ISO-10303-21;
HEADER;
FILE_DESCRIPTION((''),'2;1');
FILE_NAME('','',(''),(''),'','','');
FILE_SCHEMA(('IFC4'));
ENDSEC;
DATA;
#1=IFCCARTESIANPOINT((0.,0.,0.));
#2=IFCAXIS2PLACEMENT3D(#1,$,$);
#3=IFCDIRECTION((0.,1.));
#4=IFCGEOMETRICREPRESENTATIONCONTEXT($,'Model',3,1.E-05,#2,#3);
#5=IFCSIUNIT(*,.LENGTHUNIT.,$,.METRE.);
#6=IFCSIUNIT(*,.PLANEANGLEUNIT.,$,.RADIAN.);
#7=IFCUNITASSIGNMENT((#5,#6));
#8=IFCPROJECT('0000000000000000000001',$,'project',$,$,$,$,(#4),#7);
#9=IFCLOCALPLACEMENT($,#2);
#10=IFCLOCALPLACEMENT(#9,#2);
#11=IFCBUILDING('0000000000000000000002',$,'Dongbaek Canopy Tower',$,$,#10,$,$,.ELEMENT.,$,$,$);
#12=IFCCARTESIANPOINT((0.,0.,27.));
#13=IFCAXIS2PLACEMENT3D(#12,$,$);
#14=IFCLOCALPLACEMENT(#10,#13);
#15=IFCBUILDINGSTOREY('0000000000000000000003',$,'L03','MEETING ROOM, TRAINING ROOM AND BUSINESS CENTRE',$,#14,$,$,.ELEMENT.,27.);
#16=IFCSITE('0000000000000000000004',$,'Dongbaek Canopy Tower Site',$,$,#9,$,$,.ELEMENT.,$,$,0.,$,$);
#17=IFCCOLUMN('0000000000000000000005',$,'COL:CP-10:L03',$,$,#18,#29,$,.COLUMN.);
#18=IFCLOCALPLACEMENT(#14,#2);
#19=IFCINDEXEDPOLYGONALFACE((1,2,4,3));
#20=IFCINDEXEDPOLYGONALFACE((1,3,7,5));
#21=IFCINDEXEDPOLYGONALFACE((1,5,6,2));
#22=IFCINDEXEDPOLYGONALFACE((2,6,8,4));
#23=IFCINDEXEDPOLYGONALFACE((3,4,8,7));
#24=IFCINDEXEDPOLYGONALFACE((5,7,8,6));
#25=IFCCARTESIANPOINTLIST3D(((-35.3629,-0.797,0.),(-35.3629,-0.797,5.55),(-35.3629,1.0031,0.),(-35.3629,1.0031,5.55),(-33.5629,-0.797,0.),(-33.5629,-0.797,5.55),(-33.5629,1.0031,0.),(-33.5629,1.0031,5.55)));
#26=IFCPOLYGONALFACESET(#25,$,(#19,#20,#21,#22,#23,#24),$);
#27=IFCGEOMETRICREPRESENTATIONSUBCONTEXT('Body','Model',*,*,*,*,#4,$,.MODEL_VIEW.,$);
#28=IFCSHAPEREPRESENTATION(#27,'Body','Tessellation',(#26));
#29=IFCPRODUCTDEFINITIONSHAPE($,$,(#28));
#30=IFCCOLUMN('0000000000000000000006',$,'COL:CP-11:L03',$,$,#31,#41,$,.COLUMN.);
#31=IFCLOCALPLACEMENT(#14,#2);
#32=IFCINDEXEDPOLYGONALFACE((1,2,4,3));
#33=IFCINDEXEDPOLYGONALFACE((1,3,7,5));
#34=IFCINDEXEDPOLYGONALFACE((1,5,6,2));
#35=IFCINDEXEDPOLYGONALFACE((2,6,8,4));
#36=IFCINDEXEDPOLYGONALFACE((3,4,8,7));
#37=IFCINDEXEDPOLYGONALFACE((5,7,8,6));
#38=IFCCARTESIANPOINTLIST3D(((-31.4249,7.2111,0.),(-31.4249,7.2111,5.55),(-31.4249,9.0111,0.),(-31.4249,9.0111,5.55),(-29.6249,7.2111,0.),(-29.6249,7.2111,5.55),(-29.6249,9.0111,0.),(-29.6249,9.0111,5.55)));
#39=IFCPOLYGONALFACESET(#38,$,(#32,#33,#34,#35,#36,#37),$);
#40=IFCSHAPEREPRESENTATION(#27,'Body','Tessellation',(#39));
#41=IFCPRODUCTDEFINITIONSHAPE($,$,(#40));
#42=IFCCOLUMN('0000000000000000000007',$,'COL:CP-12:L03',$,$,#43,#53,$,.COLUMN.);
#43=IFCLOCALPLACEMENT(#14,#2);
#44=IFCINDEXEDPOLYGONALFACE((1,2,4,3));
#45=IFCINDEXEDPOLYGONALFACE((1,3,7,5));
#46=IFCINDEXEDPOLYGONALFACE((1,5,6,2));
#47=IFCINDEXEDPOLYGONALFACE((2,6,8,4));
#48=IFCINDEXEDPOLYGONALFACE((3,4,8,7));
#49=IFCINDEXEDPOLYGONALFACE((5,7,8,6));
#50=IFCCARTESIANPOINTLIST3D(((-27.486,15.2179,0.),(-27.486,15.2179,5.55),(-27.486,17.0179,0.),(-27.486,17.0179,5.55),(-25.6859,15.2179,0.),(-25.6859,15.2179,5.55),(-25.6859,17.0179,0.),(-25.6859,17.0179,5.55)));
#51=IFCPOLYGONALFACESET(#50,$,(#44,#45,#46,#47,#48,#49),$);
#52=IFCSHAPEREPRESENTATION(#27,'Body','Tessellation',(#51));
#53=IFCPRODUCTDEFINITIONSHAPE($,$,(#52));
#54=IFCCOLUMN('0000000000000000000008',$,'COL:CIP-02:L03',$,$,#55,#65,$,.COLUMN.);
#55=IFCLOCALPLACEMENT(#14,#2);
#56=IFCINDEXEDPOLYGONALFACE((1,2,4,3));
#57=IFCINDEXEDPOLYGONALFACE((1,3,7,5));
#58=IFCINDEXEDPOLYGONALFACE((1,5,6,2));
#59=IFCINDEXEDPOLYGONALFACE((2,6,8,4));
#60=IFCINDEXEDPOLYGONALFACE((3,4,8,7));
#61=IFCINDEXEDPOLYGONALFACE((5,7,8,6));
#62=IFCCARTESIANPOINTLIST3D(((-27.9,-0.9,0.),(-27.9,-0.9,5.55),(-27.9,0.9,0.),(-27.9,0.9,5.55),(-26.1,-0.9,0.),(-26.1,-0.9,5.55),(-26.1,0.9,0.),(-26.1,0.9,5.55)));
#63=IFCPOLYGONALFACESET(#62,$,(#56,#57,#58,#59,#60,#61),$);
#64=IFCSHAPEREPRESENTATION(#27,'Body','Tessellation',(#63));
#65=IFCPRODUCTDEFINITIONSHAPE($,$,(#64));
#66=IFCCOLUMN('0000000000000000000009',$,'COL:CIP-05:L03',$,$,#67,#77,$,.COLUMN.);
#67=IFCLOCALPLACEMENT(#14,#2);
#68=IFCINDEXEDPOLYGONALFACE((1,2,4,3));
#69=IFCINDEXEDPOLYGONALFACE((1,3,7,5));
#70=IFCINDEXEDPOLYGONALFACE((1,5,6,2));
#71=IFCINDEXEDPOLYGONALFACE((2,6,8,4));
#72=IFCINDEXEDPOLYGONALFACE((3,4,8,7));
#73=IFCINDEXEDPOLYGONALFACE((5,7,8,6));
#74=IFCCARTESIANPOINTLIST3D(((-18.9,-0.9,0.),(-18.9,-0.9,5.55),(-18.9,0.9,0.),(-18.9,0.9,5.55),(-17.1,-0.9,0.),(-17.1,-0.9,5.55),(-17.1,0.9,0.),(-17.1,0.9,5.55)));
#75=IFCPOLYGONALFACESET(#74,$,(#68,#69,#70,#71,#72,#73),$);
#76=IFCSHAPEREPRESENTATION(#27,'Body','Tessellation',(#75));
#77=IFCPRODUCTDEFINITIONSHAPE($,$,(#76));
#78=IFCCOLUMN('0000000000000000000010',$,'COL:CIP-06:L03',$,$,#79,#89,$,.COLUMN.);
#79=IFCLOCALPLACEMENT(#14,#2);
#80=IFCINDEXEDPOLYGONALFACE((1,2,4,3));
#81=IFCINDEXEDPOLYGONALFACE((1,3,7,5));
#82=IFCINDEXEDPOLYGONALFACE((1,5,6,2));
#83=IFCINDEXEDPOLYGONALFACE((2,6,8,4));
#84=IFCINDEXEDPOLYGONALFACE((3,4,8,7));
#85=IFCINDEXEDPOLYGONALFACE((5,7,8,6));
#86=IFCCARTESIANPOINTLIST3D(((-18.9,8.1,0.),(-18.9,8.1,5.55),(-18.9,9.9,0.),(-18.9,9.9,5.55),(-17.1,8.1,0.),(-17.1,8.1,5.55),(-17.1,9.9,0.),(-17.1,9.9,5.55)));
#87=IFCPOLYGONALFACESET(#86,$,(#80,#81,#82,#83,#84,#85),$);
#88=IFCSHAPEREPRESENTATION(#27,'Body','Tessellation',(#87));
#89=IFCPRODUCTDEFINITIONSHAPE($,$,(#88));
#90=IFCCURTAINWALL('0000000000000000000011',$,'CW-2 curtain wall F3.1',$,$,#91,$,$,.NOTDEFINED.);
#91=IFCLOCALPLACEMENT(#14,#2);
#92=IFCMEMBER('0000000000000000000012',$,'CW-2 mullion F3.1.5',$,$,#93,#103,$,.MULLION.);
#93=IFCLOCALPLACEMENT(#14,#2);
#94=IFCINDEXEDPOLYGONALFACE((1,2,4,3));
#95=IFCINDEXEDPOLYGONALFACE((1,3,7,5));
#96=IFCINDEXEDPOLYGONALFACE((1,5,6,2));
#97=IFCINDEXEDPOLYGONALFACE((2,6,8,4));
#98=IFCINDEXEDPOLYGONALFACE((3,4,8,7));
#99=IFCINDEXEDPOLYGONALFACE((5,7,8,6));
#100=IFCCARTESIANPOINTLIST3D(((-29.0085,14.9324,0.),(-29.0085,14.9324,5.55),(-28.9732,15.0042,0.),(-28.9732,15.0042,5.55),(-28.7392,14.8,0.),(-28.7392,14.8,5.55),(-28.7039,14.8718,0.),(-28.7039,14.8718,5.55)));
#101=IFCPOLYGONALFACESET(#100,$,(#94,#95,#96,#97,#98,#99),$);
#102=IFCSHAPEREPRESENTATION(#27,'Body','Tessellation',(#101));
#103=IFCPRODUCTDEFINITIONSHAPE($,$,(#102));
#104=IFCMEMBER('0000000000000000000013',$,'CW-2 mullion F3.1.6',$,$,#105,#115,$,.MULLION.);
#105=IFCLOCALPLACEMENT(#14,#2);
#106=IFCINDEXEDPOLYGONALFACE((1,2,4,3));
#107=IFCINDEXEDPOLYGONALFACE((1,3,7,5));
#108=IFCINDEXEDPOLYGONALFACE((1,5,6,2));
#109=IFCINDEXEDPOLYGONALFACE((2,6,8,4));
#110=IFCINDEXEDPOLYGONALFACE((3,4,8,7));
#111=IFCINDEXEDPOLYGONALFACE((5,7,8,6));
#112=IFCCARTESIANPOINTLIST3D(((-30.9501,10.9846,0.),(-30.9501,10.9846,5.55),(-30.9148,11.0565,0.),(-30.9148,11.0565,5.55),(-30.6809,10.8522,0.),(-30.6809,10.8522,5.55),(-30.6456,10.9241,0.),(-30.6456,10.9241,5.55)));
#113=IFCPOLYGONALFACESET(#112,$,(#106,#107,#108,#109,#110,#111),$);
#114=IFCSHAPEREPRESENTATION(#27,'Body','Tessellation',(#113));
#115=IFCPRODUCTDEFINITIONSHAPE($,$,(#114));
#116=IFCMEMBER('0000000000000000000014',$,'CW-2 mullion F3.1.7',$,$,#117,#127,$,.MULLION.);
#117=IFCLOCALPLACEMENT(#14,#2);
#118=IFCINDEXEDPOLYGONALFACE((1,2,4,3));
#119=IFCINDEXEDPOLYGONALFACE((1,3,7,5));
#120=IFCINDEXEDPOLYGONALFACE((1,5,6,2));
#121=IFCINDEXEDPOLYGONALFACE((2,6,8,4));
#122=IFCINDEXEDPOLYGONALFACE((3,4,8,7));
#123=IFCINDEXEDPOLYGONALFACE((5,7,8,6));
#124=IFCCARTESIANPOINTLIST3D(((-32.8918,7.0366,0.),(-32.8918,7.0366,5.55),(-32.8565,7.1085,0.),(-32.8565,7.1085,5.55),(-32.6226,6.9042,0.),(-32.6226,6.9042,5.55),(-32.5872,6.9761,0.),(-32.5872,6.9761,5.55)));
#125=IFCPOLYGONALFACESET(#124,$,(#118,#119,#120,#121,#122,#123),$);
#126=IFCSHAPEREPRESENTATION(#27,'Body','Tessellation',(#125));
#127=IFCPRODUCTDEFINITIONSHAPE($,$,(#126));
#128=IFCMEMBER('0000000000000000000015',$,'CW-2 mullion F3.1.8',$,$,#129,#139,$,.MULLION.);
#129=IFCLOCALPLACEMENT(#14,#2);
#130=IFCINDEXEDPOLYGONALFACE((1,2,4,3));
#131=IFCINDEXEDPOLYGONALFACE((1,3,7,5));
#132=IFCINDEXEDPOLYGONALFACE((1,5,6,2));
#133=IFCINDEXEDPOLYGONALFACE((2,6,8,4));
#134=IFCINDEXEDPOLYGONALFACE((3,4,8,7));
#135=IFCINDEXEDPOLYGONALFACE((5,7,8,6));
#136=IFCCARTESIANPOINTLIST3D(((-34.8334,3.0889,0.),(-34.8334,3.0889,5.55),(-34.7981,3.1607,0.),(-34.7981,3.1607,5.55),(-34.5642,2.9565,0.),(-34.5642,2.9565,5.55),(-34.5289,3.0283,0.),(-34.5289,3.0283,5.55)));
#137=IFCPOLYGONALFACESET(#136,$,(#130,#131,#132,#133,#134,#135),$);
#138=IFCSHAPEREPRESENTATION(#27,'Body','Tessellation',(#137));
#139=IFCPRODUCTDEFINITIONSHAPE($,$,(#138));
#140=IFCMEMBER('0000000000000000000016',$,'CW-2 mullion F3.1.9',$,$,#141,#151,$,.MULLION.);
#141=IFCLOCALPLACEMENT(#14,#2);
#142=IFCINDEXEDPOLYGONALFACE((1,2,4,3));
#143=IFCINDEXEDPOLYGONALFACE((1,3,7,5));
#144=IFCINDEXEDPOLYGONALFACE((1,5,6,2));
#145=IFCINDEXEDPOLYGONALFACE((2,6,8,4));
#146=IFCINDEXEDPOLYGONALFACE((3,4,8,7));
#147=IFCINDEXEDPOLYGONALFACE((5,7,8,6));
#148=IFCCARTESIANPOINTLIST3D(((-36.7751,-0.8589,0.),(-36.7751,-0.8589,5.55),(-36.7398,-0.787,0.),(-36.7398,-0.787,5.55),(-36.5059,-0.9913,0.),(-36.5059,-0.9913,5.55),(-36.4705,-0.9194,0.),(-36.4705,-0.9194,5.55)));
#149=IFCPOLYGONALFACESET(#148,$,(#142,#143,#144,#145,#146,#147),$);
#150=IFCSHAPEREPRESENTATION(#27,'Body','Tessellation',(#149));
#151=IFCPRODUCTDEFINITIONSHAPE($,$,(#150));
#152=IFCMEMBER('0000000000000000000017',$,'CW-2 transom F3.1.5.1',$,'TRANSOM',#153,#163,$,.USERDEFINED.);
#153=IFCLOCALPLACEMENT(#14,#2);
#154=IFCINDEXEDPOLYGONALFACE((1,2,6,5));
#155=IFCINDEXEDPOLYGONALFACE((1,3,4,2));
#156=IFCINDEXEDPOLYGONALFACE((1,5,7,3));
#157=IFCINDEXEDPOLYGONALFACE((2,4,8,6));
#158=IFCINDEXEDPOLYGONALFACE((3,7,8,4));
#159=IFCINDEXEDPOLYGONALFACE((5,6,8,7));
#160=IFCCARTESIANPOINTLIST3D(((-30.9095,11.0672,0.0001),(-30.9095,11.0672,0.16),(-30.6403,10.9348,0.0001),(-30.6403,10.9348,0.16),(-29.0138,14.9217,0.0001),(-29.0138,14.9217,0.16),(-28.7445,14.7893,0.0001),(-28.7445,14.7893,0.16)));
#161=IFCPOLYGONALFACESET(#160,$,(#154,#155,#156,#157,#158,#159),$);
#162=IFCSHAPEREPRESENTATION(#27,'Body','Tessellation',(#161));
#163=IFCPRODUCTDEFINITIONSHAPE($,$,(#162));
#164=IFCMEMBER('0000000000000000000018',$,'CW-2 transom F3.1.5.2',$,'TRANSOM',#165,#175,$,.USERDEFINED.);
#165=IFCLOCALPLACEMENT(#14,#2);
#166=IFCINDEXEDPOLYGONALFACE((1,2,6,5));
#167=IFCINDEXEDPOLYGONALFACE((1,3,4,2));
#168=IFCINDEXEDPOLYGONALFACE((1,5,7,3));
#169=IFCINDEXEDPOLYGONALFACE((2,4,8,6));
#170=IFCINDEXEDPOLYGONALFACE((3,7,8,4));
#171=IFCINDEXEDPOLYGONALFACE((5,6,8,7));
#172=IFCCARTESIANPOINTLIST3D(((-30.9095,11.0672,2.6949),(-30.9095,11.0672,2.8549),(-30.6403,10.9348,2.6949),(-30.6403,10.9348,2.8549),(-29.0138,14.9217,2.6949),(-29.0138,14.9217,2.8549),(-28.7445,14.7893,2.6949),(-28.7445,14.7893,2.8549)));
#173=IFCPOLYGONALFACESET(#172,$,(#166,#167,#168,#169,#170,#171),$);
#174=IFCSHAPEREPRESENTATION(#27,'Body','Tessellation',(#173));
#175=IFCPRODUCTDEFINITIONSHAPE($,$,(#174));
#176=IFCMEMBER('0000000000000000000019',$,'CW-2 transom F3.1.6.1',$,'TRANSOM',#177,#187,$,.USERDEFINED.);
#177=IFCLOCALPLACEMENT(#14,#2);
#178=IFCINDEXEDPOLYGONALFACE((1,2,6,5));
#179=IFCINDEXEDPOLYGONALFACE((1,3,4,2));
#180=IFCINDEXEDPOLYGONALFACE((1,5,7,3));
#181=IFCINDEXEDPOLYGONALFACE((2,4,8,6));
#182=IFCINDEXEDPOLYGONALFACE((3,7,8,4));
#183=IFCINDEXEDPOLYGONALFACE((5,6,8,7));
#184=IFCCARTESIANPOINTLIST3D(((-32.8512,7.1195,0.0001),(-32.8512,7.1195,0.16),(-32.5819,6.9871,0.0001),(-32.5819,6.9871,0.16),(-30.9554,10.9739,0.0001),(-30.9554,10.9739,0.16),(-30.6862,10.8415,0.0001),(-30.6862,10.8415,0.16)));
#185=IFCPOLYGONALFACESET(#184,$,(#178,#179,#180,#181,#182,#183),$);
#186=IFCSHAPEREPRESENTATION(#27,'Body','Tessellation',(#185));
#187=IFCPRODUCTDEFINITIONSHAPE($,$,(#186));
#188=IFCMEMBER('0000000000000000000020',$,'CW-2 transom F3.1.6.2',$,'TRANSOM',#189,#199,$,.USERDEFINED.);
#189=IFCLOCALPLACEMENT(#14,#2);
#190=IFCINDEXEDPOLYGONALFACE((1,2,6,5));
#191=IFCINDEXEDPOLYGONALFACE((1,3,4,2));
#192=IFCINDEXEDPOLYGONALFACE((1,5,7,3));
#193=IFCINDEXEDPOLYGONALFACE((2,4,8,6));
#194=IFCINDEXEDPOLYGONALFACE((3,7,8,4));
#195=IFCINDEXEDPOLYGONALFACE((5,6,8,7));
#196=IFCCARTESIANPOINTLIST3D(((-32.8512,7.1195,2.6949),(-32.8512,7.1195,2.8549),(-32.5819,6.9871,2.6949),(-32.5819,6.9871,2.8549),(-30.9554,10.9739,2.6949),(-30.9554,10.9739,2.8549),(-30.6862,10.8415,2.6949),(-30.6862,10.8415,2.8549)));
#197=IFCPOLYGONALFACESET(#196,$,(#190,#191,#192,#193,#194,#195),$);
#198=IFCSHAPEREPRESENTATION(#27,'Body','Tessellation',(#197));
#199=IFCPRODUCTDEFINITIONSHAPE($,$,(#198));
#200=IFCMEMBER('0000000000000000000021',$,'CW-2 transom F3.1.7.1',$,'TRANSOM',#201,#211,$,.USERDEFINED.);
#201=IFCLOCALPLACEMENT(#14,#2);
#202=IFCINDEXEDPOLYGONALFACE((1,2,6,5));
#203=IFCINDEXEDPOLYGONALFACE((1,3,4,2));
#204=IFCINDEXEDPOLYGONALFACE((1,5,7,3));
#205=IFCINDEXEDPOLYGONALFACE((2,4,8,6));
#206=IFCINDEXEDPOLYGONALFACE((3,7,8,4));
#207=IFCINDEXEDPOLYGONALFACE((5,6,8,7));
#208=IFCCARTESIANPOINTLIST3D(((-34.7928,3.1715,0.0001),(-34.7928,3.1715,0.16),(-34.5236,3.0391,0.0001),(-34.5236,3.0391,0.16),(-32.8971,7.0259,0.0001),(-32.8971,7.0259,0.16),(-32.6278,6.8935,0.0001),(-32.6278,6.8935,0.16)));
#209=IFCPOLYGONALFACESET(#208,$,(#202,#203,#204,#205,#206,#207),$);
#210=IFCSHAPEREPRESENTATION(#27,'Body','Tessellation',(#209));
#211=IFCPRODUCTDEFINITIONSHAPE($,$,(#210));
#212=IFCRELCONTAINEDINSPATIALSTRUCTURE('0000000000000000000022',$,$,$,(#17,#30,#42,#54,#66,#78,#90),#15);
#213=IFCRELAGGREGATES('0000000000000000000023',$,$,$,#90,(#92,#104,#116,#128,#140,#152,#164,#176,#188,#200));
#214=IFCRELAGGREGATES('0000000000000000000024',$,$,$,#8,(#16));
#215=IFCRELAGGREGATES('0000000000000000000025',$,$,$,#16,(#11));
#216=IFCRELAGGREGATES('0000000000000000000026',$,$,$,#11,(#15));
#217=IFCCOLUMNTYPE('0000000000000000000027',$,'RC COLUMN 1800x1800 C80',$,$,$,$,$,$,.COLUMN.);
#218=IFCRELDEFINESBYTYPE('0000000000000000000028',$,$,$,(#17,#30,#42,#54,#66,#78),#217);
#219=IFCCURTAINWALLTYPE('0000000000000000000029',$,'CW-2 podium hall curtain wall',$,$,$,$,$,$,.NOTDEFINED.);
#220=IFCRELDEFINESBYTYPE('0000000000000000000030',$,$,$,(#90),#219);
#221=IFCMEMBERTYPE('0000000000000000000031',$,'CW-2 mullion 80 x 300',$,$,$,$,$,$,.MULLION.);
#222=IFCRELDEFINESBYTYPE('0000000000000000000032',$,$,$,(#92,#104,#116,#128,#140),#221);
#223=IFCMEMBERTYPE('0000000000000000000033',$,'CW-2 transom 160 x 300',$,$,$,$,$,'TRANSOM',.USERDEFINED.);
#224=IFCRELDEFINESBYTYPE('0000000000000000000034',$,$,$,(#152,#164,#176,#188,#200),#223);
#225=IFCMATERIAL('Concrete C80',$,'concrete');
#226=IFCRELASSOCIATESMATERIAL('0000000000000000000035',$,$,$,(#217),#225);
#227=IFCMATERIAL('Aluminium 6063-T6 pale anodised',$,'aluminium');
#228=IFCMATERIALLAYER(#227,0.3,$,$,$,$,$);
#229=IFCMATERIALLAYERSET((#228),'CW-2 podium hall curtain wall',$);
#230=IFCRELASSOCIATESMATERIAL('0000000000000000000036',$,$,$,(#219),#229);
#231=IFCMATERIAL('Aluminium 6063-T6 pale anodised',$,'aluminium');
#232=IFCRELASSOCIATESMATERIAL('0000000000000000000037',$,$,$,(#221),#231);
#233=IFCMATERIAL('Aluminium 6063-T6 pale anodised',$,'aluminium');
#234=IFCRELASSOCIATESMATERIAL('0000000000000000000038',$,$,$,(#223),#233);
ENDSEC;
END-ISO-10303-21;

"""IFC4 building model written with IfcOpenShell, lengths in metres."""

from ifc_helpers import new_model, si_unit, direction, frame, origin, origin_2d, place, context, subcontext, project, spatial, rectangle, extrude, material, layer, layer_set, material_profile, profile_set, type_object, element, aggregate, save


model = new_model("IFC4")

# Units and contexts
model_context = context("Model", 3, precision=1e-05, world=origin(), true_north=direction((0.0, 1.0)))
body_context = subcontext(model_context, "Body", "Model", "MODEL_VIEW")
ifc_project = project(units=[si_unit("LENGTHUNIT", "METRE"), si_unit("PLANEANGLEUNIT", "RADIAN")], contexts=[model_context])

# Site, building, storey
site_placement = place(None, origin())
site = spatial("IfcSite", under=ifc_project, at=site_placement, Name="Dongbaek Canopy Tower Site", CompositionType="ELEMENT", RefElevation=0.0)
building_placement = place(site_placement, origin())
building = spatial("IfcBuilding", under=site, at=building_placement, Name="Dongbaek Canopy Tower", CompositionType="ELEMENT")
storey_placement = place(building_placement, frame((0.0, 0.0, 27.0)))
storey = spatial("IfcBuildingStorey", under=building, at=storey_placement, Name="L03", Description="MEETING ROOM, TRAINING ROOM AND BUSINESS CENTRE", CompositionType="ELEMENT", Elevation=27.0)

# Columns
ifc_material_1 = material(Name="Concrete C80", Category="concrete")
ifc_material_profile_1 = material_profile(ifc_material_1, rectangle(XDim=1.8, YDim=1.8, at=origin_2d()), Name="RC COLUMN 1800x1800 C80")
ifc_profile_set_1 = profile_set([ifc_material_profile_1], Name="Concrete C80")
column_type = type_object("IfcColumnType", Name="RC COLUMN 1800x1800 C80", PredefinedType="COLUMN", material=ifc_profile_set_1)
for number, where, z_axis, x_axis, name in (
    (1, (-34.4629, 0.103, 0.0), (0.0, 0.0, 1.0), (1.0, 0.0, 0.0), "COL:CP-10:L03"),
    (2, (-30.5249, 8.1111, 0.0), (0.0, 0.0, 1.0), (1.0, 0.0, 0.0), "COL:CP-11:L03"),
    (3, (-26.5859, 16.1179, 0.0), (0.0, 0.0, 1.0), (1.0, 0.0, 0.0), "COL:CP-12:L03"),
    (4, (-27.0, 0.0, 0.0), (0.0, 0.0, 1.0), (1.0, 0.0, 0.0), "COL:CIP-02:L03"),
    (5, (-18.0, 0.0, 0.0), (0.0, 0.0, 1.0), (1.0, 0.0, 0.0), "COL:CIP-05:L03"),
    (6, (-18.0, 9.0, 0.0), (0.0, 0.0, 1.0), (1.0, 0.0, 0.0), "COL:CIP-06:L03"),
):
    element("IfcColumn", number, at=place(storey_placement, frame(where, z_axis=z_axis, x_axis=x_axis)), inside=storey, type_object=column_type, Name=name, PredefinedType="COLUMN", context=body_context, shape_type="SweptSolid", body=[
        extrude(rectangle(XDim=1.8, YDim=1.8, at=origin_2d()), origin(), (0.0, 0.0, 1.0), 5.55),
    ])

# Curtain wall, members
ifc_material_2 = material(Name="Aluminium 6063-T6 pale anodised", Category="aluminium")
ifc_layer_1 = layer(ifc_material_2, 0.3)
ifc_layer_set_1 = layer_set([ifc_layer_1], Name="CW-2 podium hall curtain wall")
curtain_wall_type = type_object("IfcCurtainWallType", Name="CW-2 podium hall curtain wall", PredefinedType="NOTDEFINED", material=ifc_layer_set_1)
curtain_wall_placement = place(storey_placement, origin())
curtain_wall = element("IfcCurtainWall", 7, at=curtain_wall_placement, inside=storey, type_object=curtain_wall_type, Name="CW-2 curtain wall F3.1", PredefinedType="NOTDEFINED")
ifc_material_3 = material(Name="Aluminium 6063-T6 pale anodised", Category="aluminium")
ifc_material_profile_2 = material_profile(ifc_material_3, rectangle(XDim=0.3, YDim=0.0801, at=origin_2d()), Name="CW-2 mullion 80 x 300")
ifc_profile_set_2 = profile_set([ifc_material_profile_2], Name="Aluminium 6063-T6 pale anodised")
member_type_1 = type_object("IfcMemberType", Name="CW-2 mullion 80 x 300", PredefinedType="MULLION", material=ifc_profile_set_2)
member_1_placement = place(storey_placement, frame((-28.8562, 14.9021, 0.0), z_axis=(0.0, 0.0, 1.0), x_axis=(-0.897339, 0.441342, 0.0)))
member_1 = element("IfcMember", 8, at=member_1_placement, type_object=member_type_1, Name="CW-2 mullion F3.1.5", PredefinedType="MULLION", context=body_context, shape_type="SweptSolid", body=[
    extrude(rectangle(XDim=0.3, YDim=0.0801, at=origin_2d()), origin(), (0.0, 0.0, 1.0), 5.55),
])
member_2_placement = place(storey_placement, frame((-30.7979, 10.9543, 0.0), z_axis=(0.0, 0.0, 1.0), x_axis=(-0.897339, 0.441342, 0.0)))
member_2 = element("IfcMember", 9, at=member_2_placement, type_object=member_type_1, Name="CW-2 mullion F3.1.6", PredefinedType="MULLION", context=body_context, shape_type="SweptSolid", body=[
    extrude(rectangle(XDim=0.3, YDim=0.0801, at=origin_2d()), origin(), (0.0, 0.0, 1.0), 5.55),
])
member_3_placement = place(storey_placement, frame((-32.7395, 7.0063, 0.0), z_axis=(0.0, 0.0, 1.0), x_axis=(-0.897339, 0.441342, 0.0)))
member_3 = element("IfcMember", 10, at=member_3_placement, type_object=member_type_1, Name="CW-2 mullion F3.1.7", PredefinedType="MULLION", context=body_context, shape_type="SweptSolid", body=[
    extrude(rectangle(XDim=0.3, YDim=0.0801, at=origin_2d()), origin(), (0.0, 0.0, 1.0), 5.55),
])
member_4_placement = place(storey_placement, frame((-34.6812, 3.0586, 0.0), z_axis=(0.0, 0.0, 1.0), x_axis=(-0.897339, 0.441342, 0.0)))
member_4 = element("IfcMember", 11, at=member_4_placement, type_object=member_type_1, Name="CW-2 mullion F3.1.8", PredefinedType="MULLION", context=body_context, shape_type="SweptSolid", body=[
    extrude(rectangle(XDim=0.3, YDim=0.0801, at=origin_2d()), origin(), (0.0, 0.0, 1.0), 5.55),
])
member_5_placement = place(storey_placement, frame((-36.6228, -0.8892, 0.0), z_axis=(0.0, 0.0, 1.0), x_axis=(-0.897339, 0.441342, 0.0)))
member_5 = element("IfcMember", 12, at=member_5_placement, type_object=member_type_1, Name="CW-2 mullion F3.1.9", PredefinedType="MULLION", context=body_context, shape_type="SweptSolid", body=[
    extrude(rectangle(XDim=0.3, YDim=0.0801, at=origin_2d()), origin(), (0.0, 0.0, 1.0), 5.55),
])
ifc_material_4 = material(Name="Aluminium 6063-T6 pale anodised", Category="aluminium")
ifc_material_profile_3 = material_profile(ifc_material_4, rectangle(XDim=0.3, YDim=0.1599, at=origin_2d()), Name="CW-2 transom 160 x 300")
ifc_profile_set_3 = profile_set([ifc_material_profile_3], Name="Aluminium 6063-T6 pale anodised")
member_type_2 = type_object("IfcMemberType", Name="CW-2 transom 160 x 300", ElementType="TRANSOM", PredefinedType="USERDEFINED", material=ifc_profile_set_3)
member_6_placement = place(storey_placement, frame((-28.8792, 14.8555, 0.0801), z_axis=(-0.441338, -0.897341, 0.0), x_axis=(0.897341, -0.441338, 0.0)))
member_6 = element("IfcMember", 13, at=member_6_placement, type_object=member_type_2, Name="CW-2 transom F3.1.5.1", ObjectType="TRANSOM", PredefinedType="USERDEFINED", context=body_context, shape_type="SweptSolid", body=[
    extrude(rectangle(XDim=0.3, YDim=0.1599, at=origin_2d()), origin(), (0.0, 0.0, 1.0), 4.2954),
])
member_7_placement = place(storey_placement, frame((-28.8792, 14.8555, 2.7749), z_axis=(-0.441338, -0.897341, 0.0), x_axis=(0.897341, -0.441338, 0.0)))
member_7 = element("IfcMember", 14, at=member_7_placement, type_object=member_type_2, Name="CW-2 transom F3.1.5.2", ObjectType="TRANSOM", PredefinedType="USERDEFINED", context=body_context, shape_type="SweptSolid", body=[
    extrude(rectangle(XDim=0.3, YDim=0.1599, at=origin_2d()), origin(), (0.0, 0.0, 1.0), 4.2954),
])
member_8_placement = place(storey_placement, frame((-30.8208, 10.9077, 0.0801), z_axis=(-0.441338, -0.897341, 0.0), x_axis=(0.897341, -0.441338, 0.0)))
member_8 = element("IfcMember", 15, at=member_8_placement, type_object=member_type_2, Name="CW-2 transom F3.1.6.1", ObjectType="TRANSOM", PredefinedType="USERDEFINED", context=body_context, shape_type="SweptSolid", body=[
    extrude(rectangle(XDim=0.3, YDim=0.1599, at=origin_2d()), origin(), (0.0, 0.0, 1.0), 4.2954),
])
member_9_placement = place(storey_placement, frame((-30.8208, 10.9077, 2.7749), z_axis=(-0.441338, -0.897341, 0.0), x_axis=(0.897341, -0.441338, 0.0)))
member_9 = element("IfcMember", 16, at=member_9_placement, type_object=member_type_2, Name="CW-2 transom F3.1.6.2", ObjectType="TRANSOM", PredefinedType="USERDEFINED", context=body_context, shape_type="SweptSolid", body=[
    extrude(rectangle(XDim=0.3, YDim=0.1599, at=origin_2d()), origin(), (0.0, 0.0, 1.0), 4.2954),
])
member_10_placement = place(storey_placement, frame((-32.7625, 6.9597, 0.0801), z_axis=(-0.441338, -0.897341, 0.0), x_axis=(0.897341, -0.441338, 0.0)))
member_10 = element("IfcMember", 17, at=member_10_placement, type_object=member_type_2, Name="CW-2 transom F3.1.7.1", ObjectType="TRANSOM", PredefinedType="USERDEFINED", context=body_context, shape_type="SweptSolid", body=[
    extrude(rectangle(XDim=0.3, YDim=0.1599, at=origin_2d()), origin(), (0.0, 0.0, 1.0), 4.2954),
])
aggregate(curtain_wall, [member_1, member_2, member_3, member_4, member_5, member_6, member_7, member_8, member_9, member_10])

save(model, "model.ifc")
